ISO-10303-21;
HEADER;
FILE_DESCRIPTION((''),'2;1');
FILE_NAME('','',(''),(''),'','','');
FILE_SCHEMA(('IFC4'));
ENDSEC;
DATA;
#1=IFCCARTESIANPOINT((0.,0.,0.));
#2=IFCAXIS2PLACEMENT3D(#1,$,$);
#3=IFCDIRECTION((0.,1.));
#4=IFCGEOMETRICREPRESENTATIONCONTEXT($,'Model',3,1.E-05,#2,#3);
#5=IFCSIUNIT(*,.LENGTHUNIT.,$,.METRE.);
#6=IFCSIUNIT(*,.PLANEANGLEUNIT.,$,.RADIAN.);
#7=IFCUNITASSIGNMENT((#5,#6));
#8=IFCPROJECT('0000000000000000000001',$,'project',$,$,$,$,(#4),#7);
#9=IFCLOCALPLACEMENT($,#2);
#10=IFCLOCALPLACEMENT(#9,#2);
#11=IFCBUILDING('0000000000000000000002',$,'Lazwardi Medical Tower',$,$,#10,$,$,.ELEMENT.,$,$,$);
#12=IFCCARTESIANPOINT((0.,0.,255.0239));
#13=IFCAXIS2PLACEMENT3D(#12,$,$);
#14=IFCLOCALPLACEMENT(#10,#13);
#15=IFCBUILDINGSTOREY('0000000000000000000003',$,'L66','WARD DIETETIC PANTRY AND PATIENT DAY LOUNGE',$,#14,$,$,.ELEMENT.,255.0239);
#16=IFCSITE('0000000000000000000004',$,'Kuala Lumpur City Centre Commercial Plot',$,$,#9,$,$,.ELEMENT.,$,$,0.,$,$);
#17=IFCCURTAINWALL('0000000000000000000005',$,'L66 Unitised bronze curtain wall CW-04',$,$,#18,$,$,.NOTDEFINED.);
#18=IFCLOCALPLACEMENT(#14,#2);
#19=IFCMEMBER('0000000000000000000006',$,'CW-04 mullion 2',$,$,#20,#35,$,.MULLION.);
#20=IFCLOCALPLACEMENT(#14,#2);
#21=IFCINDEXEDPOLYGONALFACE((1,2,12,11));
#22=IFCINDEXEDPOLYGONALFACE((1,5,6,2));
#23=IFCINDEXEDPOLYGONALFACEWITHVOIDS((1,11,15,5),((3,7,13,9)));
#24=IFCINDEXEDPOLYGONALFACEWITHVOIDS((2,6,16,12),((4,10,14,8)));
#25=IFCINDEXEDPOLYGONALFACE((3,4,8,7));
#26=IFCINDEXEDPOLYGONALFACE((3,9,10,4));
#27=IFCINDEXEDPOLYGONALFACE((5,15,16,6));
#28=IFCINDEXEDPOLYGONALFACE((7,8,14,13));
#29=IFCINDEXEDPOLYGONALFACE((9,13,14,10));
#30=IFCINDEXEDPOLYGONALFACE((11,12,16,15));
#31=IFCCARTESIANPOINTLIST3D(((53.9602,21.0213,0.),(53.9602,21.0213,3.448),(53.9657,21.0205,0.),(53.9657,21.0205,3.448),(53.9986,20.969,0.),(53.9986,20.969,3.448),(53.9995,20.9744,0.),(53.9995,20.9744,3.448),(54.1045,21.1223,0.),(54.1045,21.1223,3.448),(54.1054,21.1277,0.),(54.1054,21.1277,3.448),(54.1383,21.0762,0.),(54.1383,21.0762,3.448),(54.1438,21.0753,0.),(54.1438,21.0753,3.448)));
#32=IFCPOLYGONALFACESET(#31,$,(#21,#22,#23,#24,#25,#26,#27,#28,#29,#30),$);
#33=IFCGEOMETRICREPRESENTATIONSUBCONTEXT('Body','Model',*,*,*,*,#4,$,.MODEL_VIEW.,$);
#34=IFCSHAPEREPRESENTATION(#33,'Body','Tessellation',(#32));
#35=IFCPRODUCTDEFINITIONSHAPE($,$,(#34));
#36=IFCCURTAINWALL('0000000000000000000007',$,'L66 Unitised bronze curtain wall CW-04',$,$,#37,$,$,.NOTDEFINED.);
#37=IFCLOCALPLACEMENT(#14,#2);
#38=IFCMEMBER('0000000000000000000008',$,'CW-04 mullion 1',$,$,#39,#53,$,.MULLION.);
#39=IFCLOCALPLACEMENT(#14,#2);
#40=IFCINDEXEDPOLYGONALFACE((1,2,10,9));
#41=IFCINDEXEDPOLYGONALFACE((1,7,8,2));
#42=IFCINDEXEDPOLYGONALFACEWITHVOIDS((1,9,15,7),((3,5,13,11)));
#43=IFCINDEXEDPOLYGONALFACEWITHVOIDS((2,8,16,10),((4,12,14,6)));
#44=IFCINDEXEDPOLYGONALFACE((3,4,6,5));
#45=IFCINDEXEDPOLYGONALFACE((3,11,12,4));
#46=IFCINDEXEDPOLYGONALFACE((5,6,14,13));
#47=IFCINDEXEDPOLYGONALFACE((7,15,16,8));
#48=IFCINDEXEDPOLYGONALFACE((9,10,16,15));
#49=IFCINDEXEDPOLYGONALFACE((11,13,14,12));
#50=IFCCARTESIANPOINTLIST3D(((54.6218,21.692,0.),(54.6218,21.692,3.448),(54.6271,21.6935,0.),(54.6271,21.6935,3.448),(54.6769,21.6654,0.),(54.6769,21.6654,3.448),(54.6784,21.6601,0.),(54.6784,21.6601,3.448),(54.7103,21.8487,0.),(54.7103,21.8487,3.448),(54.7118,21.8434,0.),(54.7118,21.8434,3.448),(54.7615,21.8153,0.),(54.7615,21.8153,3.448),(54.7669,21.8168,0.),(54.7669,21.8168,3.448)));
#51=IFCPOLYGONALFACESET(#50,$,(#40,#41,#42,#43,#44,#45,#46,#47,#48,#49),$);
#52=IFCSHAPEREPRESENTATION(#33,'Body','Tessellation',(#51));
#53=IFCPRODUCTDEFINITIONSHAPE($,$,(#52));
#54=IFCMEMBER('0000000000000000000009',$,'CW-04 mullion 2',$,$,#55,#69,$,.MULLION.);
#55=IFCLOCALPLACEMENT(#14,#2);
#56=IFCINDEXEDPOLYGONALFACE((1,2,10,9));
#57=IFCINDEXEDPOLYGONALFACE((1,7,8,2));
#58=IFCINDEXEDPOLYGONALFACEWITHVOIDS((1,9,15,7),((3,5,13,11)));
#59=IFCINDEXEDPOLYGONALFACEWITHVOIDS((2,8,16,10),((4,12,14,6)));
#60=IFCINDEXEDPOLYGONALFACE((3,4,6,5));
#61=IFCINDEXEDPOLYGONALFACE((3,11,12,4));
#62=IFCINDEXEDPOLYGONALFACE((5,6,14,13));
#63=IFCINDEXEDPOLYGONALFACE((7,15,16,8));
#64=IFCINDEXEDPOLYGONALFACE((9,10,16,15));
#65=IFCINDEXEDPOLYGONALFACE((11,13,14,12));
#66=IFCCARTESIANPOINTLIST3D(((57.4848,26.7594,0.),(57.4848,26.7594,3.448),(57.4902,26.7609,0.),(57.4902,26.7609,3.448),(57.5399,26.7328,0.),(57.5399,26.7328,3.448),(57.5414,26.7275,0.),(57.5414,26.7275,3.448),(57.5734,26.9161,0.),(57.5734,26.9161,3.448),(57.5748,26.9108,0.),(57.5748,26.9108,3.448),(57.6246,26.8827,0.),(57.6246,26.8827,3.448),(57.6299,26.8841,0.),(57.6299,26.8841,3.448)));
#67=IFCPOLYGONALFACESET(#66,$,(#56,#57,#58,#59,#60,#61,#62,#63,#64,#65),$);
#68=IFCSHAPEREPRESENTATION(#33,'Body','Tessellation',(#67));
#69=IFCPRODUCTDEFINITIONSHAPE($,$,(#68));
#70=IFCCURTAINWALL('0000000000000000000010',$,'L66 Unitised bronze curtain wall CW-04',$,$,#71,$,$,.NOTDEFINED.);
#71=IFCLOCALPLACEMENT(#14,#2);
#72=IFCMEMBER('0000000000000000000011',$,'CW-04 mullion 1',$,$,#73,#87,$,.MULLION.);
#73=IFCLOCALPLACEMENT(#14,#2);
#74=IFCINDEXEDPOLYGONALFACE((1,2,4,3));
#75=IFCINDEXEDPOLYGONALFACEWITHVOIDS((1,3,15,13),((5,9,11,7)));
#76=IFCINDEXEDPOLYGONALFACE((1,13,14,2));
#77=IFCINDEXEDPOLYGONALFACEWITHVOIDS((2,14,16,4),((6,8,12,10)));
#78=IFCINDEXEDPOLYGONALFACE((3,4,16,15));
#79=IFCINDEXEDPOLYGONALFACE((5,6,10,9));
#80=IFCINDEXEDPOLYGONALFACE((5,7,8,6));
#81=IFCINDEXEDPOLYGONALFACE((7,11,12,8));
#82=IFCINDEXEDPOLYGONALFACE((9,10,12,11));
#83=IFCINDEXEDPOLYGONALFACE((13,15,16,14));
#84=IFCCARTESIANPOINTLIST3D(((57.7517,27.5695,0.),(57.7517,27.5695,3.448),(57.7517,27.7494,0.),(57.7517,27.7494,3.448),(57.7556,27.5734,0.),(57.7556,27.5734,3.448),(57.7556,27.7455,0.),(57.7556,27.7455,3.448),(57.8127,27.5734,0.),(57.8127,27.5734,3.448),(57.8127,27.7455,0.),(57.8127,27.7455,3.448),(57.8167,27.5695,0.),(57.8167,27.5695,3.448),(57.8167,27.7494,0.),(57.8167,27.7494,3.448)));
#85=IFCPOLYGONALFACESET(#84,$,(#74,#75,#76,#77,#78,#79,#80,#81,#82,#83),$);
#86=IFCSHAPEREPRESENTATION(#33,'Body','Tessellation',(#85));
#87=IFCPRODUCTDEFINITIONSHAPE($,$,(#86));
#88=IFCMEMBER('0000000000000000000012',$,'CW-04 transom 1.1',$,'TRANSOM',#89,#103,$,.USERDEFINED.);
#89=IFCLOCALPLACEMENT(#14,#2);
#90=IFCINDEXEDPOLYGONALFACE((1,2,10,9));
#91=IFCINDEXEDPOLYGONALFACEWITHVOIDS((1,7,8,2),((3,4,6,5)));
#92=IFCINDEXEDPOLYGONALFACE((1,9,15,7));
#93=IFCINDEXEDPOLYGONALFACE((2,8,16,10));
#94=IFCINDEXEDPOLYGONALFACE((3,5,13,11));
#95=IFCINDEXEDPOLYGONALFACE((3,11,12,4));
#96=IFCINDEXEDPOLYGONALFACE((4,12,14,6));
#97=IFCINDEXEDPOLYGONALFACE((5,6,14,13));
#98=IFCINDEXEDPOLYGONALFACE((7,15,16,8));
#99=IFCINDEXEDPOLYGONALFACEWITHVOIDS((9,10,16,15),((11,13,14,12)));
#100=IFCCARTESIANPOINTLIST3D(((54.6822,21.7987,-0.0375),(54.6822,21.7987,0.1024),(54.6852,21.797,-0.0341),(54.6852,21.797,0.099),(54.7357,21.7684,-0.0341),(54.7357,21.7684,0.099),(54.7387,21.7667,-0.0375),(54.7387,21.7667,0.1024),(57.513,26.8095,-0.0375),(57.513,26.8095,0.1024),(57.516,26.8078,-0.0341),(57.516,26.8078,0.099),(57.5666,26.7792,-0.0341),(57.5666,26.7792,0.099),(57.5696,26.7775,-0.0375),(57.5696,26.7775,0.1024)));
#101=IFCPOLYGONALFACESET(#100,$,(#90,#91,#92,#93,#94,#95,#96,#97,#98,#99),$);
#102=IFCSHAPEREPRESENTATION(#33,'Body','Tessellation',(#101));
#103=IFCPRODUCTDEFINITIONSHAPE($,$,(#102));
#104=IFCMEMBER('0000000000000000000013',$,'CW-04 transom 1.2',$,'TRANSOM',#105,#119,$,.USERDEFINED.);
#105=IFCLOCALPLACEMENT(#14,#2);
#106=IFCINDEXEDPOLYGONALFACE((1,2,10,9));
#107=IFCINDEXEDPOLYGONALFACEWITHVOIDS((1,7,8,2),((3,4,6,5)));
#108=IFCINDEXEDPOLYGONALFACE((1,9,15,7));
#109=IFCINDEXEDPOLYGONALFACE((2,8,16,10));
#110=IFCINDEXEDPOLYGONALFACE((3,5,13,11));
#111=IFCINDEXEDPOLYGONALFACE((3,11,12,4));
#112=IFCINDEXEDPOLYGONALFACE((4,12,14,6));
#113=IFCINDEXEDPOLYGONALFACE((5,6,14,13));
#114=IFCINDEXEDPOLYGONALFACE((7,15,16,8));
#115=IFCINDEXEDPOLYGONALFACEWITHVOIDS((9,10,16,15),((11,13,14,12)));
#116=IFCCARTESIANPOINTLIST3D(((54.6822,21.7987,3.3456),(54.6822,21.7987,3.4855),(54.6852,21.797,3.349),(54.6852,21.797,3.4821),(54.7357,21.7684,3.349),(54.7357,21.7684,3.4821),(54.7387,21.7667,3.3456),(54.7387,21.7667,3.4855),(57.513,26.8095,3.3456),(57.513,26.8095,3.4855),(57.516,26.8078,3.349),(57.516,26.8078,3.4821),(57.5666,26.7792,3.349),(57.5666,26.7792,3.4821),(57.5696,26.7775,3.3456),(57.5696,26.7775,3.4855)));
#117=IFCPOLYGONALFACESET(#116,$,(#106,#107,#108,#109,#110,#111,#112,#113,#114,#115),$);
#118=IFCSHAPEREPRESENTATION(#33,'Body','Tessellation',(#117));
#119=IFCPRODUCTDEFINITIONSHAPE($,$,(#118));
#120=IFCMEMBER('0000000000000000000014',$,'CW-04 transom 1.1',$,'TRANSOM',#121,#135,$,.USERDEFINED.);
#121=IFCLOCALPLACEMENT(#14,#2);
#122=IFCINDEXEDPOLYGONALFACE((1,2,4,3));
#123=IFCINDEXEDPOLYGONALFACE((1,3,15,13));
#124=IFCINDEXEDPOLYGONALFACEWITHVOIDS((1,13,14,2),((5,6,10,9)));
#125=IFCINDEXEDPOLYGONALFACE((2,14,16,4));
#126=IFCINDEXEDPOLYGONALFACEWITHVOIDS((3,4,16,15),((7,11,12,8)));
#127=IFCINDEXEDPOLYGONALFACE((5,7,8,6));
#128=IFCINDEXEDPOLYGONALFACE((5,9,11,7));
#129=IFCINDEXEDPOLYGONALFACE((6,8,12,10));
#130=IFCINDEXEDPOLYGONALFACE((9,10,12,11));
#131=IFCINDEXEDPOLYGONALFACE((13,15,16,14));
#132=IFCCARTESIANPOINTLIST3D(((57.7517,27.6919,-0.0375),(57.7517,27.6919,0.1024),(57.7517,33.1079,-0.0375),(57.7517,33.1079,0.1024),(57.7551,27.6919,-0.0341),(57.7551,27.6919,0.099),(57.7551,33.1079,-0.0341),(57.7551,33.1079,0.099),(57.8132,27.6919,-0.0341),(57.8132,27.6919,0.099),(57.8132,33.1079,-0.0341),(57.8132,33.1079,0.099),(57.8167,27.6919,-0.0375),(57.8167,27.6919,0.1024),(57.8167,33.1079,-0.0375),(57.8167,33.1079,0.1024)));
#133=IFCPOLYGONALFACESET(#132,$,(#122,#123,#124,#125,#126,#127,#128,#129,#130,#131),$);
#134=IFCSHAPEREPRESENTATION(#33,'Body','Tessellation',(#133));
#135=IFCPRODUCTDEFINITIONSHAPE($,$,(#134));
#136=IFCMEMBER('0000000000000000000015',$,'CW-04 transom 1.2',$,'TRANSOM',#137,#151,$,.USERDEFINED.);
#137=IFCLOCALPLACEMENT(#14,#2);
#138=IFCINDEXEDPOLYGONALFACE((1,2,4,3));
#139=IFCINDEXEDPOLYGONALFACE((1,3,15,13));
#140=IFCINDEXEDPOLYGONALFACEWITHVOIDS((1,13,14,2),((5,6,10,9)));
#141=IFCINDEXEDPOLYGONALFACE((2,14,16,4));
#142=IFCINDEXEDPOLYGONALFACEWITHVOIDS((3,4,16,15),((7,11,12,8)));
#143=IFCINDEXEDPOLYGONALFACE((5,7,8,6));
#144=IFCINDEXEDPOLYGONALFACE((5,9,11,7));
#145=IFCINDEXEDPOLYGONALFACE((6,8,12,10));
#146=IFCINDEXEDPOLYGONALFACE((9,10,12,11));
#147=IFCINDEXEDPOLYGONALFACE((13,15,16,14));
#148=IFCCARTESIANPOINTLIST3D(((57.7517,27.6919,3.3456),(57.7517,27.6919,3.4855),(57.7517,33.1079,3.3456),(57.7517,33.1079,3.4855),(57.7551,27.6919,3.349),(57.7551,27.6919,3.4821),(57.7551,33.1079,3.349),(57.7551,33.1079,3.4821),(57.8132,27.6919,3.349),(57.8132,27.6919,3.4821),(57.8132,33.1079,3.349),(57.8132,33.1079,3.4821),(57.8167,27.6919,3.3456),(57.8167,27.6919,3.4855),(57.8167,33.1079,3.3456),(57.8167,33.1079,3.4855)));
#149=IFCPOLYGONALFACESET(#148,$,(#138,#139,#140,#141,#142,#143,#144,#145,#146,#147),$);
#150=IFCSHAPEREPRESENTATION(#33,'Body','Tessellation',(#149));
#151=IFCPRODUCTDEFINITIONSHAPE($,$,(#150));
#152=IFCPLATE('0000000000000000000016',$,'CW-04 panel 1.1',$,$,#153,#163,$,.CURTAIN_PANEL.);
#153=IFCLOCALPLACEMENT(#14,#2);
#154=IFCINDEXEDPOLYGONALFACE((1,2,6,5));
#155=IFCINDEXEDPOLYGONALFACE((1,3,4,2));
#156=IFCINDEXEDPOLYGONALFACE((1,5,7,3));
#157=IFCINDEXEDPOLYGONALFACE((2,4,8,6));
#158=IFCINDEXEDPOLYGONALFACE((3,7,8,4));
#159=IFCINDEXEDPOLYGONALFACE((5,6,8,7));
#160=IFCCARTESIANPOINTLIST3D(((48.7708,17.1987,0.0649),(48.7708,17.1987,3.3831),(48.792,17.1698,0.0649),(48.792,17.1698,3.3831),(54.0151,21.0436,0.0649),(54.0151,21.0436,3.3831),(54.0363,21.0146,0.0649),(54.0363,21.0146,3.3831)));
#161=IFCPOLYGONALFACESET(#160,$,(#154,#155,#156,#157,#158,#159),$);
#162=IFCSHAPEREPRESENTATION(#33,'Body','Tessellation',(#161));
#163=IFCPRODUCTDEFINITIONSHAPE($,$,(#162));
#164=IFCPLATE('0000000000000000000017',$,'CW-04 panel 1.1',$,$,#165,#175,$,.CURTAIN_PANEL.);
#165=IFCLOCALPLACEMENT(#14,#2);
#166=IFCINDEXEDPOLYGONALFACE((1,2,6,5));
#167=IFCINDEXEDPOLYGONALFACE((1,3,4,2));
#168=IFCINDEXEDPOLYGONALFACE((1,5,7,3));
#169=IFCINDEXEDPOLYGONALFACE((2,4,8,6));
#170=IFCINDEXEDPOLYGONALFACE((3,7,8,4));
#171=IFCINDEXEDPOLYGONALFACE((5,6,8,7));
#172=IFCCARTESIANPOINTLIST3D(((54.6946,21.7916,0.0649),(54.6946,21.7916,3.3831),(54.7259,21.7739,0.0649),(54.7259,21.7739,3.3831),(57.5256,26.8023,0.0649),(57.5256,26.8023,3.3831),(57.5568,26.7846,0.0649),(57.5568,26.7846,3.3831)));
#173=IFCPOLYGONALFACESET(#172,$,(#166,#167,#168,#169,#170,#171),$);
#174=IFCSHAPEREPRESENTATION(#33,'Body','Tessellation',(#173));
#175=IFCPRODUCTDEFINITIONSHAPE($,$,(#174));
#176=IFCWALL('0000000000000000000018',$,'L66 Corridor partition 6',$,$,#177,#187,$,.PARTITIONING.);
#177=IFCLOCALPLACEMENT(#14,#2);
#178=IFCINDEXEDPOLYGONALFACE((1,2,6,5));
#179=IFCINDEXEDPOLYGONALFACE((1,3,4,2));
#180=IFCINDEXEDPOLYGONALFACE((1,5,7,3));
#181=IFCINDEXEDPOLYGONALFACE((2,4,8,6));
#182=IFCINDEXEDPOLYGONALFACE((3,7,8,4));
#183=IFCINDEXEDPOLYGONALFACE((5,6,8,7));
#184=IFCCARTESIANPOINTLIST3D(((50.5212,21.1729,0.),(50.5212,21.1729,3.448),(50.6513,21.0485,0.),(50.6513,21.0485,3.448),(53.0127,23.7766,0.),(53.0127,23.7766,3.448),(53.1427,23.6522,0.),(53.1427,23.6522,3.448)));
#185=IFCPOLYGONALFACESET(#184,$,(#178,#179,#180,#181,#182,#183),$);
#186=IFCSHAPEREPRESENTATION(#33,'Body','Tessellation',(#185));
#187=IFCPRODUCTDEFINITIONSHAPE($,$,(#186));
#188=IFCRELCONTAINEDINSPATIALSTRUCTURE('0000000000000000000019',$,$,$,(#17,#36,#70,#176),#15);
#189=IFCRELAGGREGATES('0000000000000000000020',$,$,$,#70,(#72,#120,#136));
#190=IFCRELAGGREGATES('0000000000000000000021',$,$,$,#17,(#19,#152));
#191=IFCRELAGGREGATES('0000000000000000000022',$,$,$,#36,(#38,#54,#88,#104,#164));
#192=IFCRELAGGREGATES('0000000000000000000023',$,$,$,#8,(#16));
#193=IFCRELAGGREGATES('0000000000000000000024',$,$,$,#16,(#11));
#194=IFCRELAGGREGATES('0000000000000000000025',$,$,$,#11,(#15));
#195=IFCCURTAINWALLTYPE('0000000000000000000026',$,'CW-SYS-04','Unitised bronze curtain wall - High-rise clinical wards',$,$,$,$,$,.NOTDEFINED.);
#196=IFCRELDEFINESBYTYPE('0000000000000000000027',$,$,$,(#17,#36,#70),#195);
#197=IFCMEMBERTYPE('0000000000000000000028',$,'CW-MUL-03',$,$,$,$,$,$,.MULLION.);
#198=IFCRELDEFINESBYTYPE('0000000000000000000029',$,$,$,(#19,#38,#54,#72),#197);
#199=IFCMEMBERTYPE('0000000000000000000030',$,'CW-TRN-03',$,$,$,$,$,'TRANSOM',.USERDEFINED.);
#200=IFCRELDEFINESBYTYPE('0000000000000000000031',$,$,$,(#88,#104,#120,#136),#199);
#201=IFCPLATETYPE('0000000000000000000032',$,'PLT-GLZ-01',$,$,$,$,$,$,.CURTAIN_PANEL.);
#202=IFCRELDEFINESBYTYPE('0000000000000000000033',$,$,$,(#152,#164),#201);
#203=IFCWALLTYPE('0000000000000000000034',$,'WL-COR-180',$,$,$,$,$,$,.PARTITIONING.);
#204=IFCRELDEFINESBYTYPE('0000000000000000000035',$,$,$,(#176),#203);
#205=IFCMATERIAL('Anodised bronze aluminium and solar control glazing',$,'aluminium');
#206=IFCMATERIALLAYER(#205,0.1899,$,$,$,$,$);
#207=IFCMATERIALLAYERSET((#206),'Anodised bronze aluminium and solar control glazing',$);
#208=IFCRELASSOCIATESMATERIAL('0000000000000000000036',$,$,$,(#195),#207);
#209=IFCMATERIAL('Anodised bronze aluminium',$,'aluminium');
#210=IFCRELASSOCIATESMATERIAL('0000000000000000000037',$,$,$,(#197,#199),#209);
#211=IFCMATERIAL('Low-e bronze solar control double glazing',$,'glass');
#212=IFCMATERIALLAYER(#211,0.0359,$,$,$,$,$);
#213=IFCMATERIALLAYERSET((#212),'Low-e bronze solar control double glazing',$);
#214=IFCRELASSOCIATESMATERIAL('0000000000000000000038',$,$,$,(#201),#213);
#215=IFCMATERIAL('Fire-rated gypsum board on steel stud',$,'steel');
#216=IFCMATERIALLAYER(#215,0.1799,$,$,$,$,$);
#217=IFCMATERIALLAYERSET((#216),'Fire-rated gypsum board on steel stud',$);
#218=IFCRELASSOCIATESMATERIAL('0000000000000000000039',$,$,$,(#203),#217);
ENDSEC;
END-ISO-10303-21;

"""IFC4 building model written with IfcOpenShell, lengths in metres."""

from ifc_helpers import new_model, si_unit, direction, frame, frame_2d, origin, origin_2d, place, context, subcontext, project, spatial, rectangle, hollow_rectangle, extrude, material, layer, layer_set, material_profile, profile_set, type_object, element, aggregate, save


model = new_model("IFC4")

# Units and contexts
model_context = context("Model", 3, precision=1e-05, world=origin(), true_north=direction((0.0, 1.0)))
body_context = subcontext(model_context, "Body", "Model", "MODEL_VIEW")
ifc_project = project(units=[si_unit("LENGTHUNIT", "METRE"), si_unit("PLANEANGLEUNIT", "RADIAN")], contexts=[model_context])

# Site, building, storey
site_placement = place(None, origin())
site = spatial("IfcSite", under=ifc_project, at=site_placement, Name="Kuala Lumpur City Centre Commercial Plot", CompositionType="ELEMENT", RefElevation=0.0)
building_placement = place(site_placement, origin())
building = spatial("IfcBuilding", under=site, at=building_placement, Name="Lazwardi Medical Tower", CompositionType="ELEMENT")
storey_placement = place(building_placement, frame((0.0, 0.0, 255.0239)))
storey = spatial("IfcBuildingStorey", under=building, at=storey_placement, Name="L66", Description="WARD DIETETIC PANTRY AND PATIENT DAY LOUNGE", CompositionType="ELEMENT", Elevation=255.0239)

# Curtain wall, member
ifc_material_1 = material(Name="Anodised bronze aluminium and solar control glazing", Category="aluminium")
ifc_layer_1 = layer(ifc_material_1, 0.1899)
ifc_layer_set_1 = layer_set([ifc_layer_1], Name="Anodised bronze aluminium and solar control glazing")
curtain_wall_type = type_object("IfcCurtainWallType", Name="CW-SYS-04", Description="Unitised bronze curtain wall - High-rise clinical wards", PredefinedType="NOTDEFINED", material=ifc_layer_set_1)
curtain_wall_1_placement = place(storey_placement, origin())
curtain_wall_1 = element("IfcCurtainWall", 1, at=curtain_wall_1_placement, inside=storey, type_object=curtain_wall_type, Name="L66 Unitised bronze curtain wall CW-04", PredefinedType="NOTDEFINED")
ifc_material_2 = material(Name="Anodised bronze aluminium", Category="aluminium")
ifc_material_profile_1 = material_profile(ifc_material_2, hollow_rectangle(XDim=0.0649, YDim=0.1799, WallThickness=0.0039, at=origin_2d()), Name="ALU-MULLION 180x65x4")
ifc_profile_set_1 = profile_set([ifc_material_profile_1], Name="Anodised bronze aluminium")
member_type_1 = type_object("IfcMemberType", Name="CW-MUL-03", PredefinedType="MULLION", material=ifc_profile_set_1)
member_1_placement = place(storey_placement, frame((54.052, 21.0483, 0.0), z_axis=(0.0, 0.0, 1.0), x_axis=(-0.591268, 0.806475, 0.0)))
member_1 = element("IfcMember", 2, at=member_1_placement, type_object=member_type_1, Name="CW-04 mullion 2", PredefinedType="MULLION", context=body_context, shape_type="SweptSolid", body=[
    extrude(hollow_rectangle(XDim=0.0649, YDim=0.1799, WallThickness=0.0039, at=origin_2d()), origin(), (0.0, 0.0, 1.0), 3.448),
])

# Curtain wall, members
curtain_wall_2_placement = place(storey_placement, origin())
curtain_wall_2 = element("IfcCurtainWall", 3, at=curtain_wall_2_placement, inside=storey, type_object=curtain_wall_type, Name="L66 Unitised bronze curtain wall CW-04", PredefinedType="NOTDEFINED")
member_2_placement = place(storey_placement, frame((54.6943, 21.7544, 0.0), z_axis=(0.0, 0.0, 1.0), x_axis=(-0.870651, 0.4919, 0.0)))
member_2 = element("IfcMember", 4, at=member_2_placement, type_object=member_type_1, Name="CW-04 mullion 1", PredefinedType="MULLION", context=body_context, shape_type="SweptSolid", body=[
    extrude(hollow_rectangle(XDim=0.0649, YDim=0.1799, WallThickness=0.0039, at=origin_2d()), origin(), (0.0, 0.0, 1.0), 3.448),
])
member_3_placement = place(storey_placement, frame((57.5574, 26.8218, 0.0), z_axis=(0.0, 0.0, 1.0), x_axis=(-0.870651, 0.4919, 0.0)))
member_3 = element("IfcMember", 5, at=member_3_placement, type_object=member_type_1, Name="CW-04 mullion 2", PredefinedType="MULLION", context=body_context, shape_type="SweptSolid", body=[
    extrude(hollow_rectangle(XDim=0.0649, YDim=0.1799, WallThickness=0.0039, at=origin_2d()), origin(), (0.0, 0.0, 1.0), 3.448),
])

# Curtain wall, member
curtain_wall_3_placement = place(storey_placement, origin())
curtain_wall_3 = element("IfcCurtainWall", 6, at=curtain_wall_3_placement, inside=storey, type_object=curtain_wall_type, Name="L66 Unitised bronze curtain wall CW-04", PredefinedType="NOTDEFINED")
member_4_placement = place(storey_placement, frame((57.7842, 27.6594, 0.0), z_axis=(0.0, 0.0, 1.0), x_axis=(-1.0, 0.0, 0.0)))
member_4 = element("IfcMember", 7, at=member_4_placement, type_object=member_type_1, Name="CW-04 mullion 1", PredefinedType="MULLION", context=body_context, shape_type="SweptSolid", body=[
    extrude(hollow_rectangle(XDim=0.0649, YDim=0.1799, WallThickness=0.0039, at=origin_2d()), origin(), (0.0, 0.0, 1.0), 3.448),
])

# Members
ifc_material_profile_2 = material_profile(ifc_material_2, hollow_rectangle(XDim=0.0649, YDim=0.1399, WallThickness=0.0034, at=origin_2d()), Name="ALU-TRANSOM 140x65x3.5")
ifc_profile_set_2 = profile_set([ifc_material_profile_2], Name="Anodised bronze aluminium")
member_type_2 = type_object("IfcMemberType", Name="CW-TRN-03", ElementType="TRANSOM", PredefinedType="USERDEFINED", material=ifc_profile_set_2)
member_5_placement = place(storey_placement, frame((54.7104, 21.7827, 0.0325), z_axis=(0.49188, 0.870663, 0.0), x_axis=(-0.870663, 0.49188, 0.0)))
member_5 = element("IfcMember", 8, at=member_5_placement, type_object=member_type_2, Name="CW-04 transom 1.1", ObjectType="TRANSOM", PredefinedType="USERDEFINED", context=body_context, shape_type="SweptSolid", body=[
    extrude(hollow_rectangle(XDim=0.0649, YDim=0.1399, WallThickness=0.0034, at=origin_2d()), origin(), (0.0, 0.0, 1.0), 5.7551),
])
member_6_placement = place(storey_placement, frame((54.7104, 21.7827, 3.4155), z_axis=(0.49188, 0.870663, 0.0), x_axis=(-0.870663, 0.49188, 0.0)))
member_6 = element("IfcMember", 9, at=member_6_placement, type_object=member_type_2, Name="CW-04 transom 1.2", ObjectType="TRANSOM", PredefinedType="USERDEFINED", context=body_context, shape_type="SweptSolid", body=[
    extrude(hollow_rectangle(XDim=0.0649, YDim=0.1399, WallThickness=0.0034, at=origin_2d()), origin(), (0.0, 0.0, 1.0), 5.7551),
])
member_7_placement = place(storey_placement, frame((57.7842, 27.6919, 0.0325), z_axis=(0.0, 1.0, 0.0), x_axis=(-1.0, 0.0, 0.0)))
member_7 = element("IfcMember", 10, at=member_7_placement, type_object=member_type_2, Name="CW-04 transom 1.1", ObjectType="TRANSOM", PredefinedType="USERDEFINED", context=body_context, shape_type="SweptSolid", body=[
    extrude(hollow_rectangle(XDim=0.0649, YDim=0.1399, WallThickness=0.0034, at=origin_2d()), origin(), (0.0, 0.0, 1.0), 5.416),
])
member_8_placement = place(storey_placement, frame((57.7842, 27.6919, 3.4155), z_axis=(0.0, 1.0, 0.0), x_axis=(-1.0, 0.0, 0.0)))
member_8 = element("IfcMember", 11, at=member_8_placement, type_object=member_type_2, Name="CW-04 transom 1.2", ObjectType="TRANSOM", PredefinedType="USERDEFINED", context=body_context, shape_type="SweptSolid", body=[
    extrude(hollow_rectangle(XDim=0.0649, YDim=0.1399, WallThickness=0.0034, at=origin_2d()), origin(), (0.0, 0.0, 1.0), 5.416),
])
aggregate(curtain_wall_3, [member_4, member_7, member_8])

# Plates
ifc_material_3 = material(Name="Low-e bronze solar control double glazing", Category="glass")
ifc_layer_2 = layer(ifc_material_3, 0.0359)
ifc_layer_set_2 = layer_set([ifc_layer_2], Name="Low-e bronze solar control double glazing")
plate_type = type_object("IfcPlateType", Name="PLT-GLZ-01", PredefinedType="CURTAIN_PANEL", material=ifc_layer_set_2)
plate_1_placement = place(storey_placement, frame((51.4036, 19.1067, 0.0649), z_axis=(0.0, 0.0, 1.0), x_axis=(0.806475, 0.591268, 0.0)))
plate_1 = element("IfcPlate", 12, at=plate_1_placement, type_object=plate_type, Name="CW-04 panel 1.1", PredefinedType="CURTAIN_PANEL", context=body_context, shape_type="SweptSolid", body=[
    extrude(rectangle(XDim=6.5027, YDim=0.0359, at=origin_2d()), origin(), (0.0, 0.0, 1.0), 3.3181),
])
aggregate(curtain_wall_1, [member_1, plate_1])
plate_2_placement = place(storey_placement, frame((56.1257, 24.2881, 0.0649), z_axis=(0.0, 0.0, 1.0), x_axis=(0.4919, 0.870651, 0.0)))
plate_2 = element("IfcPlate", 13, at=plate_2_placement, type_object=plate_type, Name="CW-04 panel 1.1", PredefinedType="CURTAIN_PANEL", context=body_context, shape_type="SweptSolid", body=[
    extrude(rectangle(XDim=5.7551, YDim=0.0359, at=origin_2d()), origin(), (0.0, 0.0, 1.0), 3.3181),
])
aggregate(curtain_wall_2, [member_2, member_3, member_5, member_6, plate_2])

# Wall
ifc_material_4 = material(Name="Fire-rated gypsum board on steel stud", Category="steel")
ifc_layer_3 = layer(ifc_material_4, 0.1799)
ifc_layer_set_3 = layer_set([ifc_layer_3], Name="Fire-rated gypsum board on steel stud")
wall_type_1 = type_object("IfcWallType", Name="WL-COR-180", PredefinedType="PARTITIONING", material=ifc_layer_set_3)
wall_1_placement = place(storey_placement, frame((53.0776, 23.7144, 0.0), z_axis=(0.0, 0.0, 1.0), x_axis=(-0.691353, -0.722517, 0.0)))
element("IfcWall", 14, at=wall_1_placement, inside=storey, type_object=wall_type_1, Name="L66 Corridor partition 6", PredefinedType="PARTITIONING", context=body_context, shape_type="SweptSolid", body=[
    extrude(rectangle(XDim=3.6038, YDim=0.1799, at=frame_2d((1.8018, 0.0))), origin(), (0.0, 0.0, 1.0), 3.448),
])

save(model, "model.ifc")
